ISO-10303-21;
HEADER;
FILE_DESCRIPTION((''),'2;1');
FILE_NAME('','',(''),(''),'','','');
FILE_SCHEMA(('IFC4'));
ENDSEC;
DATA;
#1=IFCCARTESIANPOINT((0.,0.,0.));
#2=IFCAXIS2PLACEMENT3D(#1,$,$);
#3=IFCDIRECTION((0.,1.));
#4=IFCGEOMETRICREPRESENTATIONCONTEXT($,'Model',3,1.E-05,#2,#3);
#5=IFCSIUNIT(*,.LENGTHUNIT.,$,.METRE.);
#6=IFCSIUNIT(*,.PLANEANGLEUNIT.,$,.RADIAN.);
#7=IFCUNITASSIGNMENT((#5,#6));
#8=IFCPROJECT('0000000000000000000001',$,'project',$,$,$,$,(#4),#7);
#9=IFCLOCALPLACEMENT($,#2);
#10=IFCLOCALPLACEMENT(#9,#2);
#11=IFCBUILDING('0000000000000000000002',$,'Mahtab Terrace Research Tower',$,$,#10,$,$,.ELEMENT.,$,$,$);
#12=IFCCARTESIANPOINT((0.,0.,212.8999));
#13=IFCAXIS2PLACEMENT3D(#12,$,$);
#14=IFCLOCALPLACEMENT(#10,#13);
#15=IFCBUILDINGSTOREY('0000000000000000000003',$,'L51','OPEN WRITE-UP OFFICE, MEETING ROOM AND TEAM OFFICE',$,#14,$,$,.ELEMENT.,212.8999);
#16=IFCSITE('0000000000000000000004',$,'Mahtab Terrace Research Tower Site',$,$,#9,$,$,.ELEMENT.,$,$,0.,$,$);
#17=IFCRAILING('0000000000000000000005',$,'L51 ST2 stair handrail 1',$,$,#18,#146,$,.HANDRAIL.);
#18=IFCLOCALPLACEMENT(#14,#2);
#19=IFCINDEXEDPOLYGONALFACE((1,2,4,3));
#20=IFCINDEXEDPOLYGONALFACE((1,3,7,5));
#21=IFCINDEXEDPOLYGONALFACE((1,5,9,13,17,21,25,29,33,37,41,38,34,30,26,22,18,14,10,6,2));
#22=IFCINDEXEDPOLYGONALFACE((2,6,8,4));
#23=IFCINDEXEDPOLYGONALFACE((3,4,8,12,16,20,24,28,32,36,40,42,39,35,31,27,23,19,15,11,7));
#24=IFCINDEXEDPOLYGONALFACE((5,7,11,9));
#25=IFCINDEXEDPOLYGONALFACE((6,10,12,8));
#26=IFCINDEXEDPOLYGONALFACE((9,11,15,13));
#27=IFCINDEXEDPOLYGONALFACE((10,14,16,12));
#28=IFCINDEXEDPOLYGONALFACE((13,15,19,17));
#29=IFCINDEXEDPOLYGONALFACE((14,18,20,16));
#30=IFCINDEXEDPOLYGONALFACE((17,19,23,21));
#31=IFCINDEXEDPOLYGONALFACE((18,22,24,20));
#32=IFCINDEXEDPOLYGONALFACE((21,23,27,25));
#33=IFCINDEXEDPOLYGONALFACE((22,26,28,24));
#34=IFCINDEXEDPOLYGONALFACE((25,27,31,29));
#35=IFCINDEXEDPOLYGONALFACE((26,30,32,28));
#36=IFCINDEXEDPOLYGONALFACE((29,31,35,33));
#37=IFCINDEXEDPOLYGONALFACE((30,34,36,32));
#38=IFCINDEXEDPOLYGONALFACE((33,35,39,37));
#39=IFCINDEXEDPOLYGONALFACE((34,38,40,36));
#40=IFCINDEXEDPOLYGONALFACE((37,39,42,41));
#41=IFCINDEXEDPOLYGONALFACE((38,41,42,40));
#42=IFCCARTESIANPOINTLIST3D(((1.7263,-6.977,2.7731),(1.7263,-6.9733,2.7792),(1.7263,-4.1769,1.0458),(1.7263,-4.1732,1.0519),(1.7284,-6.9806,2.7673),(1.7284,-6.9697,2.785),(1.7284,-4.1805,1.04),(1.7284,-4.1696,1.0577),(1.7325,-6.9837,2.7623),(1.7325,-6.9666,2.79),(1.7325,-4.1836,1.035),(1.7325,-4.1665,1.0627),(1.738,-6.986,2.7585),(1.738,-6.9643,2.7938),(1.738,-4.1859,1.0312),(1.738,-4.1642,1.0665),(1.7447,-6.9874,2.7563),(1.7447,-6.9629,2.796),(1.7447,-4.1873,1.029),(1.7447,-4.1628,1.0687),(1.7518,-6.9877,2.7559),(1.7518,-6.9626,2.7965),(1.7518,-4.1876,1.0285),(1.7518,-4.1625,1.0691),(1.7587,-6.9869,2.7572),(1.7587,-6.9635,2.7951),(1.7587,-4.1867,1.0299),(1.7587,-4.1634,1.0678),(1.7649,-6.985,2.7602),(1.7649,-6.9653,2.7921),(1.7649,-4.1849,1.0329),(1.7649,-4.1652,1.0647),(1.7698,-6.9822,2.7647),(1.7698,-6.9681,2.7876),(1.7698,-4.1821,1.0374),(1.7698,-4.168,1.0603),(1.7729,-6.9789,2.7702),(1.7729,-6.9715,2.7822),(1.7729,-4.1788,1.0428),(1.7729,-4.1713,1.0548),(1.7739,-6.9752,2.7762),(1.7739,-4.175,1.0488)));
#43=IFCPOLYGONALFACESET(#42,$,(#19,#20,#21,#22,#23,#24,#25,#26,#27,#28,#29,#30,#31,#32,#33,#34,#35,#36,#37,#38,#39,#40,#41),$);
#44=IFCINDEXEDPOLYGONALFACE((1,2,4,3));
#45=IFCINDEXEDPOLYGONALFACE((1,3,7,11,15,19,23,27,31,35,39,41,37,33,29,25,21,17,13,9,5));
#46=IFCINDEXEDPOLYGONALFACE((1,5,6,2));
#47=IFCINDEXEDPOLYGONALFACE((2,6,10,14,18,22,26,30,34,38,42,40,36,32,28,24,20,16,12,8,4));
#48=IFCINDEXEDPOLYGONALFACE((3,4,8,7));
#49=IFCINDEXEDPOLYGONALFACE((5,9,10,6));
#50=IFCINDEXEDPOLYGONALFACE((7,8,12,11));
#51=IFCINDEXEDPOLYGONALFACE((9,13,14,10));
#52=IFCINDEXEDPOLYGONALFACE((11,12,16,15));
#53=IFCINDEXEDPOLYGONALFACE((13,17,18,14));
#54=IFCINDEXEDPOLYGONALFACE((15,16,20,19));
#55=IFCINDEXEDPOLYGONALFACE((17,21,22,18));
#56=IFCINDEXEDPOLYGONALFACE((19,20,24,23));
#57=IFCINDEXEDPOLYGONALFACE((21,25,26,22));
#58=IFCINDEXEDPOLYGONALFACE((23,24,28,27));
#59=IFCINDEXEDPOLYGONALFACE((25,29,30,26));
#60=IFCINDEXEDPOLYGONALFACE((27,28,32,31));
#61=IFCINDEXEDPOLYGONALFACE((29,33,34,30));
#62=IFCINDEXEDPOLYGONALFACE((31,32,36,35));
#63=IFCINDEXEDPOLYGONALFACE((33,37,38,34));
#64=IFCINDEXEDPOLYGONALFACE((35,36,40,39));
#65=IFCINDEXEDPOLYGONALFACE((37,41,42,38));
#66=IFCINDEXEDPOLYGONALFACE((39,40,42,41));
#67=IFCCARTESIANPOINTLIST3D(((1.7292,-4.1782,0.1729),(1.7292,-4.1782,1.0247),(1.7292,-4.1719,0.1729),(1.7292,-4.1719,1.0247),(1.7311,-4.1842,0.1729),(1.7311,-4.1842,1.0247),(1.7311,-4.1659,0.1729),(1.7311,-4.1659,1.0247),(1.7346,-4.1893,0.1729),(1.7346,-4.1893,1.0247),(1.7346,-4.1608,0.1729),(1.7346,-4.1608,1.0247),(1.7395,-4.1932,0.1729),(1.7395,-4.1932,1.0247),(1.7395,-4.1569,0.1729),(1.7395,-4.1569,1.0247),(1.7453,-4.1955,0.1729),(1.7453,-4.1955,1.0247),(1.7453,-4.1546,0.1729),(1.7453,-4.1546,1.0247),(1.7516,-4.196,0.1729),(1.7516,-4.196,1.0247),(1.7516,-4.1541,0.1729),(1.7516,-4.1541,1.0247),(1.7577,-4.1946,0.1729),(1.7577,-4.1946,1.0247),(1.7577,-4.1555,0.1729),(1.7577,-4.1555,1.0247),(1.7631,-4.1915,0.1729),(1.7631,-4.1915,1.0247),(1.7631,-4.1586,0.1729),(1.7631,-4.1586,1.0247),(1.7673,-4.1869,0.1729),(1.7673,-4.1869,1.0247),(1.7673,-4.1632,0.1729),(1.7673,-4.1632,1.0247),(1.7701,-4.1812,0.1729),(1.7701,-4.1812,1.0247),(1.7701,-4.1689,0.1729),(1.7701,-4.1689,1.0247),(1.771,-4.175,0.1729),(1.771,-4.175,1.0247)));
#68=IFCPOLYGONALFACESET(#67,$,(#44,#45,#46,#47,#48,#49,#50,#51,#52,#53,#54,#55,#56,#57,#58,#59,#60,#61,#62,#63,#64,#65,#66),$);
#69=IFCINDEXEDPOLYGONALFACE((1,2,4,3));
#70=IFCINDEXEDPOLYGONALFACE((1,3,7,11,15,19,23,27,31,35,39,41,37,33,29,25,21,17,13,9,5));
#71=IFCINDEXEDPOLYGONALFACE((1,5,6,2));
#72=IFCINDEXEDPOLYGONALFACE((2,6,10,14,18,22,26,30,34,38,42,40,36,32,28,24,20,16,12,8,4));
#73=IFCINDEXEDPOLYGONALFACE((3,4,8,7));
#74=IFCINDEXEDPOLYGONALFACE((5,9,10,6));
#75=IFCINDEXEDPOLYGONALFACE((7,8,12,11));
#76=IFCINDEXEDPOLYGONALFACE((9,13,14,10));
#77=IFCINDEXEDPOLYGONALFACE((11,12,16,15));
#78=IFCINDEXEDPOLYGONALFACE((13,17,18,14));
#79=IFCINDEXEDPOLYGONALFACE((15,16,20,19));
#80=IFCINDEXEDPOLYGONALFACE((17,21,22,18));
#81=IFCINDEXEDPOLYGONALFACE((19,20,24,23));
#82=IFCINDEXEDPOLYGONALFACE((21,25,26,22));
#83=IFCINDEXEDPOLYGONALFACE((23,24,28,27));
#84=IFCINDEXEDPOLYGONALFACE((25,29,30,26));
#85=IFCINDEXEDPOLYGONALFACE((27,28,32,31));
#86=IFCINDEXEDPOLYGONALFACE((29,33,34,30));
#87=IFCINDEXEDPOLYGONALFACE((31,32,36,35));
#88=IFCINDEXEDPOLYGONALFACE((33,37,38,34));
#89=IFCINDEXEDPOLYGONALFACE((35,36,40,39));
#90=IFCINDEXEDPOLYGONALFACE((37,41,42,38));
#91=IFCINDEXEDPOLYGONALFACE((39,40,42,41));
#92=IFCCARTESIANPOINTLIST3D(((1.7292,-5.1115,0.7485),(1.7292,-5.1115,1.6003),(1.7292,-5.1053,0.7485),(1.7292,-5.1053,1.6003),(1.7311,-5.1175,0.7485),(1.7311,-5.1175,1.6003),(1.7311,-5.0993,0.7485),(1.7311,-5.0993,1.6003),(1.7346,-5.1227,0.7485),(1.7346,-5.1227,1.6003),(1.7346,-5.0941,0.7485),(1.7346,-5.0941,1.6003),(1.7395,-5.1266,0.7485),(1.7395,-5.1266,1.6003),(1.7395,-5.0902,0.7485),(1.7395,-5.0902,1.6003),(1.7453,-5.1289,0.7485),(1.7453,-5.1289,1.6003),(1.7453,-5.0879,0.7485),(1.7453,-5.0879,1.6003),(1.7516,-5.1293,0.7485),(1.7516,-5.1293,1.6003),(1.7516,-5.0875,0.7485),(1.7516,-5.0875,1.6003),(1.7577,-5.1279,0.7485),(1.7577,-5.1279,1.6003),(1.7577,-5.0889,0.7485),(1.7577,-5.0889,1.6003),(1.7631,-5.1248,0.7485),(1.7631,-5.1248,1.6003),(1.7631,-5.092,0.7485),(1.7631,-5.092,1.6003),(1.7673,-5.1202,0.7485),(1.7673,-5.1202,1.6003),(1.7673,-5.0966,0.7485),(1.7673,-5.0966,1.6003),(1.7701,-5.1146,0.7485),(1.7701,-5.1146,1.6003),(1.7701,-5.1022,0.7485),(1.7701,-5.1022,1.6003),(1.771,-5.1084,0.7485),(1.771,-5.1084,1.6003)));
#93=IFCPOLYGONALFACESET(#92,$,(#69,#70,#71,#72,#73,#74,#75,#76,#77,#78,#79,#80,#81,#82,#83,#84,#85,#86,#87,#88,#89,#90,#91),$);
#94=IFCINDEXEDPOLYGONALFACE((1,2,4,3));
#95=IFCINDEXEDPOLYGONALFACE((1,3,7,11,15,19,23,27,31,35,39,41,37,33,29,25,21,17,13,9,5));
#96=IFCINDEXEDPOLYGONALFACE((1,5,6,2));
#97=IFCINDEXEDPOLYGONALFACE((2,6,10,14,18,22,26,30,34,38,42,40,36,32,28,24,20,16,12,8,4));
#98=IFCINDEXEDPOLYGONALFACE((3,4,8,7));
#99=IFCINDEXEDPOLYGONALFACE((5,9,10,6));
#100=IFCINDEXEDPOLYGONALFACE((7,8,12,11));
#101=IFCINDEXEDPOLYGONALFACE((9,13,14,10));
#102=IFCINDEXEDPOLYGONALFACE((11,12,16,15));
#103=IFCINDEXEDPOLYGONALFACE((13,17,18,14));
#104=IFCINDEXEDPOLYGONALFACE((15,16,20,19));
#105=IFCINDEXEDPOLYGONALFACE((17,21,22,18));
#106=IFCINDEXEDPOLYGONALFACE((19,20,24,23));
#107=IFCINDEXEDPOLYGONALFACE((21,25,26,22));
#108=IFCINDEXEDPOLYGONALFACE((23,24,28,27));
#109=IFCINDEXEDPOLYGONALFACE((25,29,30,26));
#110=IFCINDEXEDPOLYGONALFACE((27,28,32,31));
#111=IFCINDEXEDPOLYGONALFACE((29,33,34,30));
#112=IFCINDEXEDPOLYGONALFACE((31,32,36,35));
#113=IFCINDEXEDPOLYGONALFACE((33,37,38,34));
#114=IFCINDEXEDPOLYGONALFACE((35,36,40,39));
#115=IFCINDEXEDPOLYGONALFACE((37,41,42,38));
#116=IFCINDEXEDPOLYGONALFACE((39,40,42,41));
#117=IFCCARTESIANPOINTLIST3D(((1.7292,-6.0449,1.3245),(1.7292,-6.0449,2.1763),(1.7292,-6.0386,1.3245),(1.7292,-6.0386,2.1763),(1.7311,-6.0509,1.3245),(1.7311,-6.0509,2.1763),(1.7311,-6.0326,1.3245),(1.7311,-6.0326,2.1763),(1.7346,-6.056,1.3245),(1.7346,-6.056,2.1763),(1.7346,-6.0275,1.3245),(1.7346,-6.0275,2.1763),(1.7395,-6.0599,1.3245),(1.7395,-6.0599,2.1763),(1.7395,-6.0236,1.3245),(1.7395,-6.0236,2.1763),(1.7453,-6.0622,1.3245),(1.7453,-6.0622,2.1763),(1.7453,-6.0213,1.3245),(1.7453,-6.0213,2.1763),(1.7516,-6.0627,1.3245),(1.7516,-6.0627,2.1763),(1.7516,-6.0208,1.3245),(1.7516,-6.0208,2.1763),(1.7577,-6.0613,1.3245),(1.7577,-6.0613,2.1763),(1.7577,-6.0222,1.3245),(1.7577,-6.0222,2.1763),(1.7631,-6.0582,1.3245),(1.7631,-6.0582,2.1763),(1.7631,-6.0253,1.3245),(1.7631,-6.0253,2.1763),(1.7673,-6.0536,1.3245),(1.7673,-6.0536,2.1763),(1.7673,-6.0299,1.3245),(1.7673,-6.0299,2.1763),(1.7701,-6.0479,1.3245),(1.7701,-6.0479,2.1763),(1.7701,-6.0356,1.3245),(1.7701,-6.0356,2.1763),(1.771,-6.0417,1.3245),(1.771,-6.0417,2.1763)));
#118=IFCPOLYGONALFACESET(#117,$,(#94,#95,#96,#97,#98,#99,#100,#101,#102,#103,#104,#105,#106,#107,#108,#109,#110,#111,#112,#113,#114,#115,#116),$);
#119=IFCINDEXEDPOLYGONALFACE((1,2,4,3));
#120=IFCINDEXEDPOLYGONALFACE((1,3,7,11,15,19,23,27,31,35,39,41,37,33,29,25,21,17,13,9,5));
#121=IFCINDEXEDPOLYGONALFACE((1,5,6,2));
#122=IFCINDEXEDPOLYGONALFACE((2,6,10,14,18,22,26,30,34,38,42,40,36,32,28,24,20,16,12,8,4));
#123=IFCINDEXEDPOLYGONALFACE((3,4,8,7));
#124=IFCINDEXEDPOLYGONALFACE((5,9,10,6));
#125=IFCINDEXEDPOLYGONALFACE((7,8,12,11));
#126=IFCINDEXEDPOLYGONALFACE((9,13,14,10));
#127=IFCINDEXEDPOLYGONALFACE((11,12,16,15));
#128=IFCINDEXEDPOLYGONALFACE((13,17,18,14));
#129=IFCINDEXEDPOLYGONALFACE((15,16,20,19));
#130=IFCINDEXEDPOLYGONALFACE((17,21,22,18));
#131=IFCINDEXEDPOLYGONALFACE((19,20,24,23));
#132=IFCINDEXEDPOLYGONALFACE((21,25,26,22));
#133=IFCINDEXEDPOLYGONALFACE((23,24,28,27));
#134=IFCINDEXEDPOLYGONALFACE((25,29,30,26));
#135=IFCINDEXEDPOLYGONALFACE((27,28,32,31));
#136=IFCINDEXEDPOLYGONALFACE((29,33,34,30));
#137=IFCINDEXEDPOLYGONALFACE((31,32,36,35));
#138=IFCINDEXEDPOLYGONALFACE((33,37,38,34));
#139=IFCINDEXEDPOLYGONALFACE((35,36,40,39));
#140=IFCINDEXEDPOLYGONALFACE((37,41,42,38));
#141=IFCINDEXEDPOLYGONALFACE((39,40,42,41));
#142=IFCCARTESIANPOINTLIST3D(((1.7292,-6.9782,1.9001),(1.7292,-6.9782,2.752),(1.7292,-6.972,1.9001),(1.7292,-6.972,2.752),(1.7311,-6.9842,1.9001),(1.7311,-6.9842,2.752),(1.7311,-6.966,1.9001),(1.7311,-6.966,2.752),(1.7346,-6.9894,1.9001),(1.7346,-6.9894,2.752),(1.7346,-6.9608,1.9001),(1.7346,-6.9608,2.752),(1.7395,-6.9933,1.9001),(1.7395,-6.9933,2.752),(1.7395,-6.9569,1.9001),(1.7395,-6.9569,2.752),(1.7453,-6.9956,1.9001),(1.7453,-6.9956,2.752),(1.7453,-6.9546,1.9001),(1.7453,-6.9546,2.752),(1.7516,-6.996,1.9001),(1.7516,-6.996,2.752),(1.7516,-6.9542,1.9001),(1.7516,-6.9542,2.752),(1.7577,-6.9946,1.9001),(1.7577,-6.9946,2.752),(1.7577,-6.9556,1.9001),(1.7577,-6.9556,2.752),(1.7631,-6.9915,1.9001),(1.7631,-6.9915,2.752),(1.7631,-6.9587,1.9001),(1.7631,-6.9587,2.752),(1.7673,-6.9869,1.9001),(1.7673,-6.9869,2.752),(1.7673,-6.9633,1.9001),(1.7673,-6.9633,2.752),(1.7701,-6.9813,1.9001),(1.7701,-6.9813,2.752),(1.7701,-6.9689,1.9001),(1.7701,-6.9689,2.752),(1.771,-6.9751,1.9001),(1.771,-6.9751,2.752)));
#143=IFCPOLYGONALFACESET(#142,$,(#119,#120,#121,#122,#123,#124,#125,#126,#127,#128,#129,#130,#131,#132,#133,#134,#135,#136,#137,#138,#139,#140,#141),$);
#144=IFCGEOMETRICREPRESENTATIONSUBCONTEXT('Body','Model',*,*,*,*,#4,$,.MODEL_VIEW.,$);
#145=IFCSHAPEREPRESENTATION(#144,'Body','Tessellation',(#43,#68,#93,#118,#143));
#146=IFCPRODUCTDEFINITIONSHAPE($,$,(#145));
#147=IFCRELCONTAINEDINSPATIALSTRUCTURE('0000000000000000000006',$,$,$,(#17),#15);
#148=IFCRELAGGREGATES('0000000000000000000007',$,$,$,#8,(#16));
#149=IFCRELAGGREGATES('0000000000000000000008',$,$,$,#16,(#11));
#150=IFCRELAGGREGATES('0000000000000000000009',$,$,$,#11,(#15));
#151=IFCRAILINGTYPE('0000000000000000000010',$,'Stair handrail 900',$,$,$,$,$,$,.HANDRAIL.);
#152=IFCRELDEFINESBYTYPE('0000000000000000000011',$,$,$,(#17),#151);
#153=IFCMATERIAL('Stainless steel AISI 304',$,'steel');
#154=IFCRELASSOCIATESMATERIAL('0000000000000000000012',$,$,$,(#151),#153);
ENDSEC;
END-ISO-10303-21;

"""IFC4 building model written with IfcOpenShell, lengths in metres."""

from ifc_helpers import new_model, si_unit, direction, frame, origin, origin_2d, place, context, subcontext, project, spatial, circle, extrude, material, type_object, element, save


model = new_model("IFC4")

# Units and contexts
model_context = context("Model", 3, precision=1e-05, world=origin(), true_north=direction((0.0, 1.0)))
body_context = subcontext(model_context, "Body", "Model", "MODEL_VIEW")
ifc_project = project(units=[si_unit("LENGTHUNIT", "METRE"), si_unit("PLANEANGLEUNIT", "RADIAN")], contexts=[model_context])

# Site, building, storey
site_placement = place(None, origin())
site = spatial("IfcSite", under=ifc_project, at=site_placement, Name="Mahtab Terrace Research Tower Site", CompositionType="ELEMENT", RefElevation=0.0)
building_placement = place(site_placement, origin())
building = spatial("IfcBuilding", under=site, at=building_placement, Name="Mahtab Terrace Research Tower", CompositionType="ELEMENT")
storey_placement = place(building_placement, frame((0.0, 0.0, 212.8999)))
storey = spatial("IfcBuildingStorey", under=building, at=storey_placement, Name="L51", Description="OPEN WRITE-UP OFFICE, MEETING ROOM AND TEAM OFFICE", CompositionType="ELEMENT", Elevation=212.8999)

# Railing
ifc_material_1 = material(Name="Stainless steel AISI 304", Category="steel")
railing_type_1 = type_object("IfcRailingType", Name="Stair handrail 900", PredefinedType="HANDRAIL", material=ifc_material_1)
railing_1_placement = place(storey_placement, frame((1.75, -4.175, 0.1729)))
element("IfcRailing", 1, at=railing_1_placement, inside=storey, type_object=railing_type_1, Name="L51 ST2 stair handrail 1", PredefinedType="HANDRAIL", context=body_context, shape_type="SweptSolid", body=[
    extrude(circle(Radius=0.0239, at=origin_2d()), frame((0.0, 0.0, 0.876), z_axis=(0.0, -0.85109, 0.52502), x_axis=(1.0, 0.0, 0.0)), (0.0, 0.0, 1.0), 3.29),
    extrude(circle(Radius=0.021, at=origin_2d()), origin(), (0.0, 0.0, 1.0), 0.8518),
    extrude(circle(Radius=0.021, at=origin_2d()), frame((0.0, -0.9333, 0.5757)), (0.0, 0.0, 1.0), 0.8518),
    extrude(circle(Radius=0.021, at=origin_2d()), frame((0.0, -1.8667, 1.1516)), (0.0, 0.0, 1.0), 0.8518),
    extrude(circle(Radius=0.021, at=origin_2d()), frame((0.0, -2.8, 1.7273)), (0.0, 0.0, 1.0), 0.8518),
])

save(model, "model.ifc")
